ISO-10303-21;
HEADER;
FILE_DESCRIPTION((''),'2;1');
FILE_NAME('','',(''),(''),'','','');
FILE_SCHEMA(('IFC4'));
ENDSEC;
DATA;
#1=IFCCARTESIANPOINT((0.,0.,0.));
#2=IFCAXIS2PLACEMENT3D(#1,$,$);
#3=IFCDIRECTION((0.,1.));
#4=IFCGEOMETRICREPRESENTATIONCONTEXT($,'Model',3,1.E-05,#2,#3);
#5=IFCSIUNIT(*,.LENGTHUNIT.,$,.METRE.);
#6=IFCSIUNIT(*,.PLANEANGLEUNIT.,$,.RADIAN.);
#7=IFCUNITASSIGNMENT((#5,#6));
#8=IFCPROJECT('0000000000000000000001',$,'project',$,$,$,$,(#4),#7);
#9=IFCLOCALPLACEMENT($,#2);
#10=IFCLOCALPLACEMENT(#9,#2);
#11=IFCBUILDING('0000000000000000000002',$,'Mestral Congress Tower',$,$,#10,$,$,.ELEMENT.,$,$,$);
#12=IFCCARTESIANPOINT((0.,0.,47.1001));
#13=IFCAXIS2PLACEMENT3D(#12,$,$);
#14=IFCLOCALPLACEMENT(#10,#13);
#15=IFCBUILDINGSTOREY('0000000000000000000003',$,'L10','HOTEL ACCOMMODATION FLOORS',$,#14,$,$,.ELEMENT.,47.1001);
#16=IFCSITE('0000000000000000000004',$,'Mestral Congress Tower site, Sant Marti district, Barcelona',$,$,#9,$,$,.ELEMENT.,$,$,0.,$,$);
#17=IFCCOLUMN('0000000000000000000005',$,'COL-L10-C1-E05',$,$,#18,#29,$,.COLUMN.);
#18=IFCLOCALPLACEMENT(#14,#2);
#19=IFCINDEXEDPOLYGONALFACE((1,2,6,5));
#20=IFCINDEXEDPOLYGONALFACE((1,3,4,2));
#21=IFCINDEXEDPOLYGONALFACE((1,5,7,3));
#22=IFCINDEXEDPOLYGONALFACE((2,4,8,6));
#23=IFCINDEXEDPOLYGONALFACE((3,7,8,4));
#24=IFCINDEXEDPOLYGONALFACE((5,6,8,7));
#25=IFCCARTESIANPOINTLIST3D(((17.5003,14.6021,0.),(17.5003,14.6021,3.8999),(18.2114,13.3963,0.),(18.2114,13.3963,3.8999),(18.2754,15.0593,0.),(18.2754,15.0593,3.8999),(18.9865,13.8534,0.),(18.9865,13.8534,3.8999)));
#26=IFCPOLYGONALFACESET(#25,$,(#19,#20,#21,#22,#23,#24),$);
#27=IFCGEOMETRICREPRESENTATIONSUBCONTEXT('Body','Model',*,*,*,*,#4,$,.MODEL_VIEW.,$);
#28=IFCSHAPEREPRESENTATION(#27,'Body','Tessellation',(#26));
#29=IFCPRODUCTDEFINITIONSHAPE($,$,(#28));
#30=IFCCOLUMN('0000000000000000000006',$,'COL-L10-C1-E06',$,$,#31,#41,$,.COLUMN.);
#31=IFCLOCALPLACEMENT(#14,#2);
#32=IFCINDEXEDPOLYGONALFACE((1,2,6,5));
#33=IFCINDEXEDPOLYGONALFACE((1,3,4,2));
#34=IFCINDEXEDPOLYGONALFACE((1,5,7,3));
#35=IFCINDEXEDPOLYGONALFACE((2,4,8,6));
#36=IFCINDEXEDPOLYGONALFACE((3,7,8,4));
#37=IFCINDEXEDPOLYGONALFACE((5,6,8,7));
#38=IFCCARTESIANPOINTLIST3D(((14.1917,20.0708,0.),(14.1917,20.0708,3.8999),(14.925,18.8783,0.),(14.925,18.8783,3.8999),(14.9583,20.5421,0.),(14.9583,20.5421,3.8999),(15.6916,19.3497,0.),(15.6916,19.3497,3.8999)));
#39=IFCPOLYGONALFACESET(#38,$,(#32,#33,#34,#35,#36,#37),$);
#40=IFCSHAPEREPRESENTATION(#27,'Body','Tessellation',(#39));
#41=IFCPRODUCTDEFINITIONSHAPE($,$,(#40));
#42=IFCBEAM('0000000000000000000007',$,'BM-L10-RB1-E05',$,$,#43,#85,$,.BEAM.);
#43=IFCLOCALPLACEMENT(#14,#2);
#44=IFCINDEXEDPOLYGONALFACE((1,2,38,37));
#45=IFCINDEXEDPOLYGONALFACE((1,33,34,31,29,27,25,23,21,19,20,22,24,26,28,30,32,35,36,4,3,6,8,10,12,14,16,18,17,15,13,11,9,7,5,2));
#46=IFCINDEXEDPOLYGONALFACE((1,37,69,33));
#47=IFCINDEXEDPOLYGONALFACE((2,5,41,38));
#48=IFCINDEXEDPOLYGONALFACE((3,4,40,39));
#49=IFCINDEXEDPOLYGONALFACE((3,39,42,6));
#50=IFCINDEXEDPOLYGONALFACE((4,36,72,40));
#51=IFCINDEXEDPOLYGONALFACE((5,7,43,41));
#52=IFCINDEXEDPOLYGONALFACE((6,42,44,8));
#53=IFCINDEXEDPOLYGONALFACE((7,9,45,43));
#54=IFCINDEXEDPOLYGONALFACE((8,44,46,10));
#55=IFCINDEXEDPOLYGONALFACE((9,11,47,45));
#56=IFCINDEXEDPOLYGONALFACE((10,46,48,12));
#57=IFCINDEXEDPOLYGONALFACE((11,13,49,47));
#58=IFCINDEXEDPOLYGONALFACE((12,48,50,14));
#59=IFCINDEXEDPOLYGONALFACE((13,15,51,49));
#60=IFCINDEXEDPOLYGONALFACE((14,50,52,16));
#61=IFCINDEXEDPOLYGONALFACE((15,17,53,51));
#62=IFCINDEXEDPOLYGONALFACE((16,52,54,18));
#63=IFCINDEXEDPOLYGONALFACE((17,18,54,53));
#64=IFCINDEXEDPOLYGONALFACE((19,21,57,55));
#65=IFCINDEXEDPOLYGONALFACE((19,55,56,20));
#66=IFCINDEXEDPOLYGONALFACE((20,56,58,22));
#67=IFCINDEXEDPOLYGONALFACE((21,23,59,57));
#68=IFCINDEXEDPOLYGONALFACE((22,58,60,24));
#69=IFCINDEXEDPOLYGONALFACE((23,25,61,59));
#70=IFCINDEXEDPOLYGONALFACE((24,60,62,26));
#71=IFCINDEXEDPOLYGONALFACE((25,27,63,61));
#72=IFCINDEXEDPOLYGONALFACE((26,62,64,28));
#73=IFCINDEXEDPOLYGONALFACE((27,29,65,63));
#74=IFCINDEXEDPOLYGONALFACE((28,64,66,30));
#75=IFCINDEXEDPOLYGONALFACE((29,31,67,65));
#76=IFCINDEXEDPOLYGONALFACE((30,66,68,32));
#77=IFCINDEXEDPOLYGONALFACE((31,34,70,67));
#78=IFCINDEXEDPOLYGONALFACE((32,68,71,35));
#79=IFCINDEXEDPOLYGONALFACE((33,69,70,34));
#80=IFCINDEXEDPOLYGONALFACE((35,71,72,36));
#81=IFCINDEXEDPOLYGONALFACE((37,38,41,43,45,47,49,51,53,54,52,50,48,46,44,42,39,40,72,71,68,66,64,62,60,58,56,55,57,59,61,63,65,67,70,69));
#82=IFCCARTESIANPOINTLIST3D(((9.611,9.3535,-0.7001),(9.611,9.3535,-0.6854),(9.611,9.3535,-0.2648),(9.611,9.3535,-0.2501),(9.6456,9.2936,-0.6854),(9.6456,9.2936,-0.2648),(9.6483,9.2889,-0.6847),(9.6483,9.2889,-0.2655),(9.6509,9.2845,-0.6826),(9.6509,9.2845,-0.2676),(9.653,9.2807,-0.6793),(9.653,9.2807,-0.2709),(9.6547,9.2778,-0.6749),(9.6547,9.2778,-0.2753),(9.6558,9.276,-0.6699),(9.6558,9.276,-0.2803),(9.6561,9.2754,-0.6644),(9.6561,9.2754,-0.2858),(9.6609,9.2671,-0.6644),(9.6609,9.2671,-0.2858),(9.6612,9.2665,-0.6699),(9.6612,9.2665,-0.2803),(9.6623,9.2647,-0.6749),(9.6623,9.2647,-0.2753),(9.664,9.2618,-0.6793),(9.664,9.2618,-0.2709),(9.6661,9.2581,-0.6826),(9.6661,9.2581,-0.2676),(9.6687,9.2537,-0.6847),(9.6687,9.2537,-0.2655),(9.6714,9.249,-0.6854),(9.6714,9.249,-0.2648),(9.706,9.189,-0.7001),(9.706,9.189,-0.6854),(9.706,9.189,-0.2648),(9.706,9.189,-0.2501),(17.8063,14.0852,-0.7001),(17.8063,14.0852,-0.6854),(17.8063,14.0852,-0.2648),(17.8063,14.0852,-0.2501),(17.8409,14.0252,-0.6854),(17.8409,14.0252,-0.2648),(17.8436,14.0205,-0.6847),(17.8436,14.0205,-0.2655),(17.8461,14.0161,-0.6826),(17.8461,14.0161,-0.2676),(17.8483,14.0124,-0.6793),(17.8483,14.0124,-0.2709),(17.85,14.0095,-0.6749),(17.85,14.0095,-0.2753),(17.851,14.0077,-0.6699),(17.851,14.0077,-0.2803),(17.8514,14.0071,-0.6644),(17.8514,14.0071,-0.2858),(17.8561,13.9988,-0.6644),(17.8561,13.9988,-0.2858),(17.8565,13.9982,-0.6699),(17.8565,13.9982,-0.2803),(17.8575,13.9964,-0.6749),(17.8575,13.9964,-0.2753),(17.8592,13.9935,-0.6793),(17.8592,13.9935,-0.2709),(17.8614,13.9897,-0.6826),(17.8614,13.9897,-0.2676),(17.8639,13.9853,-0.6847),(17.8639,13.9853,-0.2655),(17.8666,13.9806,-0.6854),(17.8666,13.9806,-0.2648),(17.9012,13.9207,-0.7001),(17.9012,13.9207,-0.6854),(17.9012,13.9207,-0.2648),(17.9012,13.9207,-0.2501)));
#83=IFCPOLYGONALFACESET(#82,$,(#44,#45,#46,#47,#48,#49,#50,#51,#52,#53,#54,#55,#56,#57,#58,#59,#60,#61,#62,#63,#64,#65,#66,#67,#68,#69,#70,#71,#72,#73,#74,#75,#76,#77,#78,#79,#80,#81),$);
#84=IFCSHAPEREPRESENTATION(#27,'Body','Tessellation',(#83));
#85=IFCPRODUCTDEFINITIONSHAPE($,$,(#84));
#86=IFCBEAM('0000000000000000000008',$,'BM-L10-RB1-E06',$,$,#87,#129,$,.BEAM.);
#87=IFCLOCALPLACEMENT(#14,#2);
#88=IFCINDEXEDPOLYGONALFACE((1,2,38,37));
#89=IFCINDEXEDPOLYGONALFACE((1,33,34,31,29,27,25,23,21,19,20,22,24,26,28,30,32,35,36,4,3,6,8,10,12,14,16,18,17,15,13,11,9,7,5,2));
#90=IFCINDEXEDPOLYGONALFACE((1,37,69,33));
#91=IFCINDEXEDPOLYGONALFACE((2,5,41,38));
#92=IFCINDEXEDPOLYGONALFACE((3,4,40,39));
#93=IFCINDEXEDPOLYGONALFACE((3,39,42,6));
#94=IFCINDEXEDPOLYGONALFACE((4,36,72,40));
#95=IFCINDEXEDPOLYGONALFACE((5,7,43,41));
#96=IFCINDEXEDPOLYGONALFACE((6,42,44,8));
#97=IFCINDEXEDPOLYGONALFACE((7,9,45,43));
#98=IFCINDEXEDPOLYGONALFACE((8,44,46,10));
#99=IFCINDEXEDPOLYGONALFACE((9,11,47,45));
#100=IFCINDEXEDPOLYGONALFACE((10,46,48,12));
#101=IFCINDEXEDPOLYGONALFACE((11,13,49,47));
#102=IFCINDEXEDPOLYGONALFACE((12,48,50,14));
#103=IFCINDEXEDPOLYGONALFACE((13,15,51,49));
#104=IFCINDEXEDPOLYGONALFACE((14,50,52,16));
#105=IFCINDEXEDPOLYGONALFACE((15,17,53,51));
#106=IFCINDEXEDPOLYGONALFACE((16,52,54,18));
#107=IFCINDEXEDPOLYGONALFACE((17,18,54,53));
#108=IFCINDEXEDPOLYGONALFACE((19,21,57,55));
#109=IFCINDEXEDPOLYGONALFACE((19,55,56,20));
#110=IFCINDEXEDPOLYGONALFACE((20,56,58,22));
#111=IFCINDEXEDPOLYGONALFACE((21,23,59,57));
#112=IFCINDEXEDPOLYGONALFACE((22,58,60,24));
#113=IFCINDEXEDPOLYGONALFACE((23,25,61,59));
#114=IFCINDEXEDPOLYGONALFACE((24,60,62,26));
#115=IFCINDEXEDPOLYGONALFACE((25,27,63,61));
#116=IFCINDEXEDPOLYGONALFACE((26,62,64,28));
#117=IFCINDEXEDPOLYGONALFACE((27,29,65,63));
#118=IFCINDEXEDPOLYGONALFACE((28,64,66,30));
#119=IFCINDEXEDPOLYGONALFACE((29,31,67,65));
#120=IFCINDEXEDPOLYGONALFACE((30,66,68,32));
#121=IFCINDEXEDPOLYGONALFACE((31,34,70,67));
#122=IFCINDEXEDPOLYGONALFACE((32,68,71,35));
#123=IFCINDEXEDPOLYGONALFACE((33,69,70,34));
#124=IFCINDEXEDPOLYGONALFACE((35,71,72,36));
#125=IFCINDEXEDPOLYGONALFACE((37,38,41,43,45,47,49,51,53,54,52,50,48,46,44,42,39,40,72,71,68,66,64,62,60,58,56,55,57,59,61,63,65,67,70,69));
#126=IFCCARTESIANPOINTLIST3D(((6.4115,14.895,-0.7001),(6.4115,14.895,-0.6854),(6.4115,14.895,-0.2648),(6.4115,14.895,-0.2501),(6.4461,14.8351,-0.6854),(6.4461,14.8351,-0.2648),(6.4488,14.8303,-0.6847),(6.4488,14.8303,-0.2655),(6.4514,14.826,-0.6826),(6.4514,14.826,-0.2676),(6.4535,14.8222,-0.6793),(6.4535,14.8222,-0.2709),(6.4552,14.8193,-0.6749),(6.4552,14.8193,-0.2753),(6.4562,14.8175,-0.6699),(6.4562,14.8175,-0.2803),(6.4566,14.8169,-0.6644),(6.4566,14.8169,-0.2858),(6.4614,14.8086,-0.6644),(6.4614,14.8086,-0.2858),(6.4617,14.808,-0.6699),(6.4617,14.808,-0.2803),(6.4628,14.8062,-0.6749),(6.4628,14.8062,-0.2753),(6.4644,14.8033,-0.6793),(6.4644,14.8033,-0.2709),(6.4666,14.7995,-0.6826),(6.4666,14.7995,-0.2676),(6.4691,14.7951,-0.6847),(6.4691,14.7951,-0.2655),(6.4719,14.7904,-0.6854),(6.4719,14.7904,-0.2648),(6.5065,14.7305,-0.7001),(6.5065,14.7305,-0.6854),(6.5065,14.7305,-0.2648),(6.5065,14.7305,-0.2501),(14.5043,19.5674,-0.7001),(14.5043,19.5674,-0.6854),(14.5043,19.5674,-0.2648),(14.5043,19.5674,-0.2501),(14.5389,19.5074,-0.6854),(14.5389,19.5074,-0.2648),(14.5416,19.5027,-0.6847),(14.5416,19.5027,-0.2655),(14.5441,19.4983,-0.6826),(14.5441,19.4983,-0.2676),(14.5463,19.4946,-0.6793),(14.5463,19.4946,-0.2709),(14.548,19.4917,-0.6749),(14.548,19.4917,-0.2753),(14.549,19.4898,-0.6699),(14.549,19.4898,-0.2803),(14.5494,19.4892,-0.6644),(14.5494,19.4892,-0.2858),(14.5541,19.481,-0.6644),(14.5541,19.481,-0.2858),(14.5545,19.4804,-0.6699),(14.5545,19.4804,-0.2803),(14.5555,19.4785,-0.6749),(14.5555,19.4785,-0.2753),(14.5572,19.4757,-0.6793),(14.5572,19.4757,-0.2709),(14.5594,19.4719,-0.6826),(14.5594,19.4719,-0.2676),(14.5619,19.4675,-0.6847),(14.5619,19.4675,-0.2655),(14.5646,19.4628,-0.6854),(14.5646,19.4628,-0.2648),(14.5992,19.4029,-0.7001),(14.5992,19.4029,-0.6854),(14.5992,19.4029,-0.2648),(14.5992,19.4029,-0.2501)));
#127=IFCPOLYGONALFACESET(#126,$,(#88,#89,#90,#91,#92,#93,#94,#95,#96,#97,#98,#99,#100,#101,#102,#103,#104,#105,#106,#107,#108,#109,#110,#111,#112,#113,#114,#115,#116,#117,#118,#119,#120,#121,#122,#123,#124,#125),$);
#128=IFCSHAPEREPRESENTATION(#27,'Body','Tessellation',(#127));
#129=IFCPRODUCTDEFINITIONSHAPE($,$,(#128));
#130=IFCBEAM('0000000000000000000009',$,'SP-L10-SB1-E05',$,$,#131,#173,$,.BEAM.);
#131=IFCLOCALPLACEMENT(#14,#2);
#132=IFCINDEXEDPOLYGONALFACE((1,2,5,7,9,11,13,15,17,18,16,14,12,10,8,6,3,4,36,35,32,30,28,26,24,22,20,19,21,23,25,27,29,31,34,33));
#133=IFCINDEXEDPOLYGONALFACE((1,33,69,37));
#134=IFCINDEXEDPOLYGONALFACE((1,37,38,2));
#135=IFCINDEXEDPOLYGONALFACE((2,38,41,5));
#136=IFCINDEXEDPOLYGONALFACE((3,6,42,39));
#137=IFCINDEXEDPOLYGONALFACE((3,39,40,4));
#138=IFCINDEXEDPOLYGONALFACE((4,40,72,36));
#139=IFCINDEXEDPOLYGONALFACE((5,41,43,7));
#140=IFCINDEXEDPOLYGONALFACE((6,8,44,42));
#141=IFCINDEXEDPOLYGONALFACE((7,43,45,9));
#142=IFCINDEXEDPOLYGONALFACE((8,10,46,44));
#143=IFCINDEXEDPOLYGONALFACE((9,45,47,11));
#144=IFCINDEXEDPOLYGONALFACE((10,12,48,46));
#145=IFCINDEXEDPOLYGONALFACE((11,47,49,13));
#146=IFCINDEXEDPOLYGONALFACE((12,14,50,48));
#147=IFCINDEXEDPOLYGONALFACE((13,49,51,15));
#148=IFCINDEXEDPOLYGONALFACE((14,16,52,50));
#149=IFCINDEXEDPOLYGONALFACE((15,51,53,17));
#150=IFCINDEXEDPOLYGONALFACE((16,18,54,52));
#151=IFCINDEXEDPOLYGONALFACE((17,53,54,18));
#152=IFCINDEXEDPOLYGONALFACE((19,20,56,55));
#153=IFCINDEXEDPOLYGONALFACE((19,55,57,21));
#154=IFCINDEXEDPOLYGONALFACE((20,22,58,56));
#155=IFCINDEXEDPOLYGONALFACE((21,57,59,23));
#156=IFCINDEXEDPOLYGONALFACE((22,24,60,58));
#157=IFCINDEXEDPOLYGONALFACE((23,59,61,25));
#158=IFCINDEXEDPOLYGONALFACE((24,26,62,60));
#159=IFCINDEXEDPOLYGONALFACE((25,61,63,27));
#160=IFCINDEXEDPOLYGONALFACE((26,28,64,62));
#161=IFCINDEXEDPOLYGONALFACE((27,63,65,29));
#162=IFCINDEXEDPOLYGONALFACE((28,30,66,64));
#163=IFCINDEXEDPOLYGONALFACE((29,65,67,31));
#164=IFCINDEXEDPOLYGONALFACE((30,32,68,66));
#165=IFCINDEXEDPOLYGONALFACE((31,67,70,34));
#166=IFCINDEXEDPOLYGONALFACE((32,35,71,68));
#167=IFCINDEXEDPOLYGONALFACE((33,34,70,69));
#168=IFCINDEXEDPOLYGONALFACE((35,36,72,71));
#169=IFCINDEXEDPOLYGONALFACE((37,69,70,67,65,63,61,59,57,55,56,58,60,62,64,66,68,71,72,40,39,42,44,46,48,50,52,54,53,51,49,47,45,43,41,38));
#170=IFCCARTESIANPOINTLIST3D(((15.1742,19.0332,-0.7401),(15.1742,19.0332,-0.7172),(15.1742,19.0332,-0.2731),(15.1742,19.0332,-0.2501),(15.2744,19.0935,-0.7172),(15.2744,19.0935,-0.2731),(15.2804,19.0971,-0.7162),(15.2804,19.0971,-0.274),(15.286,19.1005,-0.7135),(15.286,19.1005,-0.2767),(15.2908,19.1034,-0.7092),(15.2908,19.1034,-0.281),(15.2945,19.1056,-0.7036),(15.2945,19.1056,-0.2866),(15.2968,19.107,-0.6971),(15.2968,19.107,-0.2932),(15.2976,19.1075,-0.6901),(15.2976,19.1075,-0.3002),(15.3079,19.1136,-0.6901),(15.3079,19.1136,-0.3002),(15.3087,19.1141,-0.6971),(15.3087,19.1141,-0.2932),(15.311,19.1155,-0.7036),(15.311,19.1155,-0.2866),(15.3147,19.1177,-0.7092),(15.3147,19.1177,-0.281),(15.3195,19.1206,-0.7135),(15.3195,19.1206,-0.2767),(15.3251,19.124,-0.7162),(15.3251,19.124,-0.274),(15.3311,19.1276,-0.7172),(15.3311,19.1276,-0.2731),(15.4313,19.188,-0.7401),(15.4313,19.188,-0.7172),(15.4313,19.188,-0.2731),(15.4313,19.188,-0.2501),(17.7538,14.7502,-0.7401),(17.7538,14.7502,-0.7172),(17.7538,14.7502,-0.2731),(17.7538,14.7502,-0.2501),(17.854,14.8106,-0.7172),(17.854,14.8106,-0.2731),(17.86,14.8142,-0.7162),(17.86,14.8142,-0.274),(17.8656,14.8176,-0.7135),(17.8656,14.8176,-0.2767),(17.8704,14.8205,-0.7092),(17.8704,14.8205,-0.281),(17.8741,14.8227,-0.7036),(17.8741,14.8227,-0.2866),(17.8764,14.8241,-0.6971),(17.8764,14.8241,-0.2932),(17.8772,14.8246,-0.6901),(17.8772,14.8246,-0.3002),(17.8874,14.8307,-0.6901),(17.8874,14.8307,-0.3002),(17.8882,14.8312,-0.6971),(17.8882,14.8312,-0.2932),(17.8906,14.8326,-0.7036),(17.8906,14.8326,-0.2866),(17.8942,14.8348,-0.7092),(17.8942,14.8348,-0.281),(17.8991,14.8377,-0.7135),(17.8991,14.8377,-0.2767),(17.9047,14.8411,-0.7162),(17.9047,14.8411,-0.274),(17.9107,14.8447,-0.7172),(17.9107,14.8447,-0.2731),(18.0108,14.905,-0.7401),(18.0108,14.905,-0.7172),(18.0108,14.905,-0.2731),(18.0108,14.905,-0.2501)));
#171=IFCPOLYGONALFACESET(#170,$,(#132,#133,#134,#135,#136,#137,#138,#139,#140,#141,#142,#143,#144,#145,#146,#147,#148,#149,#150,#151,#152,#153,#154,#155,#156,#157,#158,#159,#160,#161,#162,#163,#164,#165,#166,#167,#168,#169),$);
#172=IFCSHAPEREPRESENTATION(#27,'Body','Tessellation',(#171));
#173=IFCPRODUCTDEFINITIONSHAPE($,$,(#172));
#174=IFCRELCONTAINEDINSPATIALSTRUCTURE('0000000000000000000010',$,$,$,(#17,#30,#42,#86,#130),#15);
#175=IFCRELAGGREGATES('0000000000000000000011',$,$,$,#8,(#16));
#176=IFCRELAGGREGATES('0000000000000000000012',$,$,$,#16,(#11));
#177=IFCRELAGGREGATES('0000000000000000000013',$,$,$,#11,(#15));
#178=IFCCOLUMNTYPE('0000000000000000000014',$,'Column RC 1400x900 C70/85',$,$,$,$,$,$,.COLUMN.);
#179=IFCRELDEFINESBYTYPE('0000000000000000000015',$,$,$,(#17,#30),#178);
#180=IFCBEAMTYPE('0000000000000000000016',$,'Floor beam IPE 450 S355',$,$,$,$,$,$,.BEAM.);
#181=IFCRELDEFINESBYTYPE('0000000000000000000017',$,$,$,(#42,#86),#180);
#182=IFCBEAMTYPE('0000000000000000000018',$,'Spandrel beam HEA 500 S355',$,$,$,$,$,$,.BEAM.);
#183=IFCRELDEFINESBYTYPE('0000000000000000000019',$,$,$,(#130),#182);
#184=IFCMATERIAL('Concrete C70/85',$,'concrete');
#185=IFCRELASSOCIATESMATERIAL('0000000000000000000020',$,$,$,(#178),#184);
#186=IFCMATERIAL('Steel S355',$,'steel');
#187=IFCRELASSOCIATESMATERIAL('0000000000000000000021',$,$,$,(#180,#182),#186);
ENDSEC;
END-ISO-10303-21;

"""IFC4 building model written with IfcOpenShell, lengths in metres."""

from ifc_helpers import new_model, si_unit, direction, frame, origin, origin_2d, place, context, subcontext, project, spatial, rectangle, i_section, extrude, material, material_profile, profile_set, type_object, element, save


model = new_model("IFC4")

# Units and contexts
model_context = context("Model", 3, precision=1e-05, world=origin(), true_north=direction((0.0, 1.0)))
body_context = subcontext(model_context, "Body", "Model", "MODEL_VIEW")
ifc_project = project(units=[si_unit("LENGTHUNIT", "METRE"), si_unit("PLANEANGLEUNIT", "RADIAN")], contexts=[model_context])

# Site, building, storey
site_placement = place(None, origin())
site = spatial("IfcSite", under=ifc_project, at=site_placement, Name="Mestral Congress Tower site, Sant Marti district, Barcelona", CompositionType="ELEMENT", RefElevation=0.0)
building_placement = place(site_placement, origin())
building = spatial("IfcBuilding", under=site, at=building_placement, Name="Mestral Congress Tower", CompositionType="ELEMENT")
storey_placement = place(building_placement, frame((0.0, 0.0, 47.1001)))
storey = spatial("IfcBuildingStorey", under=building, at=storey_placement, Name="L10", Description="HOTEL ACCOMMODATION FLOORS", CompositionType="ELEMENT", Elevation=47.1001)

# Columns
ifc_material_1 = material(Name="Concrete C70/85", Category="concrete")
ifc_material_profile_1 = material_profile(ifc_material_1, rectangle(XDim=1.3999, YDim=0.8999, at=origin_2d()), Name="RC 1400x900")
ifc_profile_set_1 = profile_set([ifc_material_profile_1], Name="Concrete C70/85")
column_type = type_object("IfcColumnType", Name="Column RC 1400x900 C70/85", PredefinedType="COLUMN", material=ifc_profile_set_1)
for number, where, z_axis, x_axis, name in (
    (1, (18.2434, 14.2278, 0.0), (0.0, 0.0, 1.0), (-0.507983, 0.861367, 0.0), "COL-L10-C1-E05"),
    (2, (14.9417, 19.7102, 0.0), (0.0, 0.0, 1.0), (-0.523819, 0.851829, 0.0), "COL-L10-C1-E06"),
):
    element("IfcColumn", number, at=place(storey_placement, frame(where, z_axis=z_axis, x_axis=x_axis)), inside=storey, type_object=column_type, Name=name, PredefinedType="COLUMN", context=body_context, shape_type="SweptSolid", body=[
        extrude(rectangle(XDim=1.3999, YDim=0.8999, at=origin_2d()), origin(), (0.0, 0.0, 1.0), 3.8999),
    ])

# Beams
ifc_material_2 = material(Name="Steel S355", Category="steel")
ifc_material_profile_2 = material_profile(ifc_material_2, i_section(OverallWidth=0.1899, OverallDepth=0.45, WebThickness=0.0095, FlangeThickness=0.0146, FilletRadius=0.021, at=origin_2d()), Name="IPE 450")
ifc_profile_set_2 = profile_set([ifc_material_profile_2], Name="Steel S355")
beam_type_1 = type_object("IfcBeamType", Name="Floor beam IPE 450 S355", PredefinedType="BEAM", material=ifc_profile_set_2)
beam_1_placement = place(storey_placement, frame((17.8538, 14.0029, -0.4751), z_axis=(-0.86602, -0.50001, 0.0), x_axis=(0.50001, -0.86602, 0.0)))
element("IfcBeam", 3, at=beam_1_placement, inside=storey, type_object=beam_type_1, Name="BM-L10-RB1-E05", PredefinedType="BEAM", context=body_context, shape_type="SweptSolid", body=[
    extrude(i_section(OverallWidth=0.1899, OverallDepth=0.45, WebThickness=0.0095, FlangeThickness=0.0146, FilletRadius=0.021, at=origin_2d()), origin(), (0.0, 0.0, 1.0), 9.4631),
])
beam_2_placement = place(storey_placement, frame((14.5518, 19.4851, -0.4751), z_axis=(-0.866025, -0.5, 0.0), x_axis=(0.5, -0.866025, 0.0)))
element("IfcBeam", 4, at=beam_2_placement, inside=storey, type_object=beam_type_1, Name="BM-L10-RB1-E06", PredefinedType="BEAM", context=body_context, shape_type="SweptSolid", body=[
    extrude(i_section(OverallWidth=0.1899, OverallDepth=0.45, WebThickness=0.0095, FlangeThickness=0.0146, FilletRadius=0.021, at=origin_2d()), origin(), (0.0, 0.0, 1.0), 9.3447),
])
ifc_material_profile_3 = material_profile(ifc_material_2, i_section(OverallWidth=0.3, OverallDepth=0.49, WebThickness=0.012, FlangeThickness=0.0229, FilletRadius=0.0271, at=origin_2d()), Name="HEA 500")
ifc_profile_set_3 = profile_set([ifc_material_profile_3], Name="Steel S355")
beam_type_2 = type_object("IfcBeamType", Name="Spandrel beam HEA 500 S355", PredefinedType="BEAM", material=ifc_profile_set_3)
for number, where, z_axis, x_axis, name in (
    (5, (17.8823, 14.8276, -0.4951), (-0.515938, 0.856626, 0.0), (-0.856626, -0.515938, 0.0), "SP-L10-SB1-E05"),
):
    element("IfcBeam", number, at=place(storey_placement, frame(where, z_axis=z_axis, x_axis=x_axis)), inside=storey, type_object=beam_type_2, Name=name, PredefinedType="BEAM", context=body_context, shape_type="SweptSolid", body=[
        extrude(i_section(OverallWidth=0.3, OverallDepth=0.49, WebThickness=0.012, FlangeThickness=0.0229, FilletRadius=0.0271, at=origin_2d()), origin(), (0.0, 0.0, 1.0), 4.9998),
    ])

save(model, "model.ifc")
